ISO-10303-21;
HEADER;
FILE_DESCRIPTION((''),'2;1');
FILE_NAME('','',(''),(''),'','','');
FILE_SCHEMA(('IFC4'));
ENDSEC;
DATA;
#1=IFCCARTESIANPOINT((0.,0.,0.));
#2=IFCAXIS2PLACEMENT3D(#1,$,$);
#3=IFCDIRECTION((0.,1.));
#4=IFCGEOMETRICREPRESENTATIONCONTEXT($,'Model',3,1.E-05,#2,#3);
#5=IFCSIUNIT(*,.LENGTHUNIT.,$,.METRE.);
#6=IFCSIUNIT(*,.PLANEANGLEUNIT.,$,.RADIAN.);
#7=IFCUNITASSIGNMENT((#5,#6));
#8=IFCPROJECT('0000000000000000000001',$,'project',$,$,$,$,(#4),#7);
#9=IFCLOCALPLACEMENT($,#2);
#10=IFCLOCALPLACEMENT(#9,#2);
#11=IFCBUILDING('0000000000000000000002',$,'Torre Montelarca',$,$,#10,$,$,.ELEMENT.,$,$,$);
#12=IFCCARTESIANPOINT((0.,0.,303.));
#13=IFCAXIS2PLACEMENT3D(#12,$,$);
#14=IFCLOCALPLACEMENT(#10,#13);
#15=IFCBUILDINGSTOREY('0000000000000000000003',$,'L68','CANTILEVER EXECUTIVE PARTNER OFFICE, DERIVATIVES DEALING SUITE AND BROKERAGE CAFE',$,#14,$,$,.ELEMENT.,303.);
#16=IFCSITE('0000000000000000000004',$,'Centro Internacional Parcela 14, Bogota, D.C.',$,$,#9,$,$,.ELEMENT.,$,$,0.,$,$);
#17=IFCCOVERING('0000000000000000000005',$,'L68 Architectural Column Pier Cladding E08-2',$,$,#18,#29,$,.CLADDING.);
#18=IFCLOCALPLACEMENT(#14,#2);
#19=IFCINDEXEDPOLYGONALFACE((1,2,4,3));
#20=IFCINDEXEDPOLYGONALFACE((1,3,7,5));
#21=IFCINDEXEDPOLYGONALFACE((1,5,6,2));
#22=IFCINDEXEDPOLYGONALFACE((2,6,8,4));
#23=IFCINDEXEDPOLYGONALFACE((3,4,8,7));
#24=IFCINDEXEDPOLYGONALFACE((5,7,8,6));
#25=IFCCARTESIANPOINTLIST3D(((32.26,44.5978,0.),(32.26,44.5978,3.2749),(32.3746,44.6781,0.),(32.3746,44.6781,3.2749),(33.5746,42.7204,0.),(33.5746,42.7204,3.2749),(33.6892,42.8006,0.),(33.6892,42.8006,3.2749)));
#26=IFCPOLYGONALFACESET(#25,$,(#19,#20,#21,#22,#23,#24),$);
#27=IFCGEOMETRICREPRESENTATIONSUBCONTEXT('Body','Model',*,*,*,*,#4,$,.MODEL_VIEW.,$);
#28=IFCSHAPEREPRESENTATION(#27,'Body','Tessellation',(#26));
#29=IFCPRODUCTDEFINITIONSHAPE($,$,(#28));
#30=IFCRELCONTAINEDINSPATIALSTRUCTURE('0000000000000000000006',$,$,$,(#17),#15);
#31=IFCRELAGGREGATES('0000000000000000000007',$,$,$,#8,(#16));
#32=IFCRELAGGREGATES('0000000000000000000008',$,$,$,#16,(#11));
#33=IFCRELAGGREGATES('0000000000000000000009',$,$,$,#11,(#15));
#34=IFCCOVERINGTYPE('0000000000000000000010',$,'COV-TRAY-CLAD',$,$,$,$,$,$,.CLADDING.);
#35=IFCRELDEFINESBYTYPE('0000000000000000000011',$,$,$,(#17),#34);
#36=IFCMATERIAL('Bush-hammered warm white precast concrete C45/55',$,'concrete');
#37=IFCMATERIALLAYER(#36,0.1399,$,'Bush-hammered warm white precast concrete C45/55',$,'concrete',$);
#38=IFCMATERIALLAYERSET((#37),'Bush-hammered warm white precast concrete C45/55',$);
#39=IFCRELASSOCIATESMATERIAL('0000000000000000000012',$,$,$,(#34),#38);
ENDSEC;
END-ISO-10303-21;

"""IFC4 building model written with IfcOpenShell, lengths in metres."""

from ifc_helpers import new_model, si_unit, direction, frame, origin, origin_2d, place, context, subcontext, project, spatial, rectangle, extrude, source, transform, mapped, material, layer, layer_set, type_object, element, save


model = new_model("IFC4")

# Units and contexts
model_context = context("Model", 3, precision=1e-05, world=origin(), true_north=direction((0.0, 1.0)))
body_context = subcontext(model_context, "Body", "Model", "MODEL_VIEW")
ifc_project = project(units=[si_unit("LENGTHUNIT", "METRE"), si_unit("PLANEANGLEUNIT", "RADIAN")], contexts=[model_context])

# Site, building, storey
site_placement = place(None, origin())
site = spatial("IfcSite", under=ifc_project, at=site_placement, Name="Centro Internacional Parcela 14, Bogota, D.C.", CompositionType="ELEMENT", RefElevation=0.0)
building_placement = place(site_placement, origin())
building = spatial("IfcBuilding", under=site, at=building_placement, Name="Torre Montelarca", CompositionType="ELEMENT")
storey_placement = place(building_placement, frame((0.0, 0.0, 303.0)))
storey = spatial("IfcBuildingStorey", under=building, at=storey_placement, Name="L68", Description="CANTILEVER EXECUTIVE PARTNER OFFICE, DERIVATIVES DEALING SUITE AND BROKERAGE CAFE", CompositionType="ELEMENT", Elevation=303.0)

# Covering
ifc_material_1 = material(Name="Bush-hammered warm white precast concrete C45/55", Category="concrete")
ifc_layer_1 = layer(ifc_material_1, 0.1399, Name="Bush-hammered warm white precast concrete C45/55", Category="concrete")
ifc_layer_set_1 = layer_set([ifc_layer_1], Name="Bush-hammered warm white precast concrete C45/55")
covering_type = type_object("IfcCoveringType", Name="COV-TRAY-CLAD", PredefinedType="CLADDING", material=ifc_layer_set_1)
shared_shape_1 = source(origin(), body_context, "Body", "SweptSolid", [
    extrude(rectangle(XDim=2.292, YDim=0.1399, at=origin_2d()), origin(), (0.0, 0.0, 1.0), 3.2749),
])
covering_1_placement = place(storey_placement, frame((32.9746, 43.6992, 0.0), z_axis=(0.0, 0.0, 1.0), x_axis=(-0.573574, 0.819154, 0.0)))
element("IfcCovering", 1, at=covering_1_placement, inside=storey, type_object=covering_type, Name="L68 Architectural Column Pier Cladding E08-2", PredefinedType="CLADDING", context=body_context, shape_type="MappedRepresentation", body=[
    mapped(shared_shape_1, transform((0.0, 0.0, 0.0), scale=1.0)),
])

save(model, "model.ifc")
